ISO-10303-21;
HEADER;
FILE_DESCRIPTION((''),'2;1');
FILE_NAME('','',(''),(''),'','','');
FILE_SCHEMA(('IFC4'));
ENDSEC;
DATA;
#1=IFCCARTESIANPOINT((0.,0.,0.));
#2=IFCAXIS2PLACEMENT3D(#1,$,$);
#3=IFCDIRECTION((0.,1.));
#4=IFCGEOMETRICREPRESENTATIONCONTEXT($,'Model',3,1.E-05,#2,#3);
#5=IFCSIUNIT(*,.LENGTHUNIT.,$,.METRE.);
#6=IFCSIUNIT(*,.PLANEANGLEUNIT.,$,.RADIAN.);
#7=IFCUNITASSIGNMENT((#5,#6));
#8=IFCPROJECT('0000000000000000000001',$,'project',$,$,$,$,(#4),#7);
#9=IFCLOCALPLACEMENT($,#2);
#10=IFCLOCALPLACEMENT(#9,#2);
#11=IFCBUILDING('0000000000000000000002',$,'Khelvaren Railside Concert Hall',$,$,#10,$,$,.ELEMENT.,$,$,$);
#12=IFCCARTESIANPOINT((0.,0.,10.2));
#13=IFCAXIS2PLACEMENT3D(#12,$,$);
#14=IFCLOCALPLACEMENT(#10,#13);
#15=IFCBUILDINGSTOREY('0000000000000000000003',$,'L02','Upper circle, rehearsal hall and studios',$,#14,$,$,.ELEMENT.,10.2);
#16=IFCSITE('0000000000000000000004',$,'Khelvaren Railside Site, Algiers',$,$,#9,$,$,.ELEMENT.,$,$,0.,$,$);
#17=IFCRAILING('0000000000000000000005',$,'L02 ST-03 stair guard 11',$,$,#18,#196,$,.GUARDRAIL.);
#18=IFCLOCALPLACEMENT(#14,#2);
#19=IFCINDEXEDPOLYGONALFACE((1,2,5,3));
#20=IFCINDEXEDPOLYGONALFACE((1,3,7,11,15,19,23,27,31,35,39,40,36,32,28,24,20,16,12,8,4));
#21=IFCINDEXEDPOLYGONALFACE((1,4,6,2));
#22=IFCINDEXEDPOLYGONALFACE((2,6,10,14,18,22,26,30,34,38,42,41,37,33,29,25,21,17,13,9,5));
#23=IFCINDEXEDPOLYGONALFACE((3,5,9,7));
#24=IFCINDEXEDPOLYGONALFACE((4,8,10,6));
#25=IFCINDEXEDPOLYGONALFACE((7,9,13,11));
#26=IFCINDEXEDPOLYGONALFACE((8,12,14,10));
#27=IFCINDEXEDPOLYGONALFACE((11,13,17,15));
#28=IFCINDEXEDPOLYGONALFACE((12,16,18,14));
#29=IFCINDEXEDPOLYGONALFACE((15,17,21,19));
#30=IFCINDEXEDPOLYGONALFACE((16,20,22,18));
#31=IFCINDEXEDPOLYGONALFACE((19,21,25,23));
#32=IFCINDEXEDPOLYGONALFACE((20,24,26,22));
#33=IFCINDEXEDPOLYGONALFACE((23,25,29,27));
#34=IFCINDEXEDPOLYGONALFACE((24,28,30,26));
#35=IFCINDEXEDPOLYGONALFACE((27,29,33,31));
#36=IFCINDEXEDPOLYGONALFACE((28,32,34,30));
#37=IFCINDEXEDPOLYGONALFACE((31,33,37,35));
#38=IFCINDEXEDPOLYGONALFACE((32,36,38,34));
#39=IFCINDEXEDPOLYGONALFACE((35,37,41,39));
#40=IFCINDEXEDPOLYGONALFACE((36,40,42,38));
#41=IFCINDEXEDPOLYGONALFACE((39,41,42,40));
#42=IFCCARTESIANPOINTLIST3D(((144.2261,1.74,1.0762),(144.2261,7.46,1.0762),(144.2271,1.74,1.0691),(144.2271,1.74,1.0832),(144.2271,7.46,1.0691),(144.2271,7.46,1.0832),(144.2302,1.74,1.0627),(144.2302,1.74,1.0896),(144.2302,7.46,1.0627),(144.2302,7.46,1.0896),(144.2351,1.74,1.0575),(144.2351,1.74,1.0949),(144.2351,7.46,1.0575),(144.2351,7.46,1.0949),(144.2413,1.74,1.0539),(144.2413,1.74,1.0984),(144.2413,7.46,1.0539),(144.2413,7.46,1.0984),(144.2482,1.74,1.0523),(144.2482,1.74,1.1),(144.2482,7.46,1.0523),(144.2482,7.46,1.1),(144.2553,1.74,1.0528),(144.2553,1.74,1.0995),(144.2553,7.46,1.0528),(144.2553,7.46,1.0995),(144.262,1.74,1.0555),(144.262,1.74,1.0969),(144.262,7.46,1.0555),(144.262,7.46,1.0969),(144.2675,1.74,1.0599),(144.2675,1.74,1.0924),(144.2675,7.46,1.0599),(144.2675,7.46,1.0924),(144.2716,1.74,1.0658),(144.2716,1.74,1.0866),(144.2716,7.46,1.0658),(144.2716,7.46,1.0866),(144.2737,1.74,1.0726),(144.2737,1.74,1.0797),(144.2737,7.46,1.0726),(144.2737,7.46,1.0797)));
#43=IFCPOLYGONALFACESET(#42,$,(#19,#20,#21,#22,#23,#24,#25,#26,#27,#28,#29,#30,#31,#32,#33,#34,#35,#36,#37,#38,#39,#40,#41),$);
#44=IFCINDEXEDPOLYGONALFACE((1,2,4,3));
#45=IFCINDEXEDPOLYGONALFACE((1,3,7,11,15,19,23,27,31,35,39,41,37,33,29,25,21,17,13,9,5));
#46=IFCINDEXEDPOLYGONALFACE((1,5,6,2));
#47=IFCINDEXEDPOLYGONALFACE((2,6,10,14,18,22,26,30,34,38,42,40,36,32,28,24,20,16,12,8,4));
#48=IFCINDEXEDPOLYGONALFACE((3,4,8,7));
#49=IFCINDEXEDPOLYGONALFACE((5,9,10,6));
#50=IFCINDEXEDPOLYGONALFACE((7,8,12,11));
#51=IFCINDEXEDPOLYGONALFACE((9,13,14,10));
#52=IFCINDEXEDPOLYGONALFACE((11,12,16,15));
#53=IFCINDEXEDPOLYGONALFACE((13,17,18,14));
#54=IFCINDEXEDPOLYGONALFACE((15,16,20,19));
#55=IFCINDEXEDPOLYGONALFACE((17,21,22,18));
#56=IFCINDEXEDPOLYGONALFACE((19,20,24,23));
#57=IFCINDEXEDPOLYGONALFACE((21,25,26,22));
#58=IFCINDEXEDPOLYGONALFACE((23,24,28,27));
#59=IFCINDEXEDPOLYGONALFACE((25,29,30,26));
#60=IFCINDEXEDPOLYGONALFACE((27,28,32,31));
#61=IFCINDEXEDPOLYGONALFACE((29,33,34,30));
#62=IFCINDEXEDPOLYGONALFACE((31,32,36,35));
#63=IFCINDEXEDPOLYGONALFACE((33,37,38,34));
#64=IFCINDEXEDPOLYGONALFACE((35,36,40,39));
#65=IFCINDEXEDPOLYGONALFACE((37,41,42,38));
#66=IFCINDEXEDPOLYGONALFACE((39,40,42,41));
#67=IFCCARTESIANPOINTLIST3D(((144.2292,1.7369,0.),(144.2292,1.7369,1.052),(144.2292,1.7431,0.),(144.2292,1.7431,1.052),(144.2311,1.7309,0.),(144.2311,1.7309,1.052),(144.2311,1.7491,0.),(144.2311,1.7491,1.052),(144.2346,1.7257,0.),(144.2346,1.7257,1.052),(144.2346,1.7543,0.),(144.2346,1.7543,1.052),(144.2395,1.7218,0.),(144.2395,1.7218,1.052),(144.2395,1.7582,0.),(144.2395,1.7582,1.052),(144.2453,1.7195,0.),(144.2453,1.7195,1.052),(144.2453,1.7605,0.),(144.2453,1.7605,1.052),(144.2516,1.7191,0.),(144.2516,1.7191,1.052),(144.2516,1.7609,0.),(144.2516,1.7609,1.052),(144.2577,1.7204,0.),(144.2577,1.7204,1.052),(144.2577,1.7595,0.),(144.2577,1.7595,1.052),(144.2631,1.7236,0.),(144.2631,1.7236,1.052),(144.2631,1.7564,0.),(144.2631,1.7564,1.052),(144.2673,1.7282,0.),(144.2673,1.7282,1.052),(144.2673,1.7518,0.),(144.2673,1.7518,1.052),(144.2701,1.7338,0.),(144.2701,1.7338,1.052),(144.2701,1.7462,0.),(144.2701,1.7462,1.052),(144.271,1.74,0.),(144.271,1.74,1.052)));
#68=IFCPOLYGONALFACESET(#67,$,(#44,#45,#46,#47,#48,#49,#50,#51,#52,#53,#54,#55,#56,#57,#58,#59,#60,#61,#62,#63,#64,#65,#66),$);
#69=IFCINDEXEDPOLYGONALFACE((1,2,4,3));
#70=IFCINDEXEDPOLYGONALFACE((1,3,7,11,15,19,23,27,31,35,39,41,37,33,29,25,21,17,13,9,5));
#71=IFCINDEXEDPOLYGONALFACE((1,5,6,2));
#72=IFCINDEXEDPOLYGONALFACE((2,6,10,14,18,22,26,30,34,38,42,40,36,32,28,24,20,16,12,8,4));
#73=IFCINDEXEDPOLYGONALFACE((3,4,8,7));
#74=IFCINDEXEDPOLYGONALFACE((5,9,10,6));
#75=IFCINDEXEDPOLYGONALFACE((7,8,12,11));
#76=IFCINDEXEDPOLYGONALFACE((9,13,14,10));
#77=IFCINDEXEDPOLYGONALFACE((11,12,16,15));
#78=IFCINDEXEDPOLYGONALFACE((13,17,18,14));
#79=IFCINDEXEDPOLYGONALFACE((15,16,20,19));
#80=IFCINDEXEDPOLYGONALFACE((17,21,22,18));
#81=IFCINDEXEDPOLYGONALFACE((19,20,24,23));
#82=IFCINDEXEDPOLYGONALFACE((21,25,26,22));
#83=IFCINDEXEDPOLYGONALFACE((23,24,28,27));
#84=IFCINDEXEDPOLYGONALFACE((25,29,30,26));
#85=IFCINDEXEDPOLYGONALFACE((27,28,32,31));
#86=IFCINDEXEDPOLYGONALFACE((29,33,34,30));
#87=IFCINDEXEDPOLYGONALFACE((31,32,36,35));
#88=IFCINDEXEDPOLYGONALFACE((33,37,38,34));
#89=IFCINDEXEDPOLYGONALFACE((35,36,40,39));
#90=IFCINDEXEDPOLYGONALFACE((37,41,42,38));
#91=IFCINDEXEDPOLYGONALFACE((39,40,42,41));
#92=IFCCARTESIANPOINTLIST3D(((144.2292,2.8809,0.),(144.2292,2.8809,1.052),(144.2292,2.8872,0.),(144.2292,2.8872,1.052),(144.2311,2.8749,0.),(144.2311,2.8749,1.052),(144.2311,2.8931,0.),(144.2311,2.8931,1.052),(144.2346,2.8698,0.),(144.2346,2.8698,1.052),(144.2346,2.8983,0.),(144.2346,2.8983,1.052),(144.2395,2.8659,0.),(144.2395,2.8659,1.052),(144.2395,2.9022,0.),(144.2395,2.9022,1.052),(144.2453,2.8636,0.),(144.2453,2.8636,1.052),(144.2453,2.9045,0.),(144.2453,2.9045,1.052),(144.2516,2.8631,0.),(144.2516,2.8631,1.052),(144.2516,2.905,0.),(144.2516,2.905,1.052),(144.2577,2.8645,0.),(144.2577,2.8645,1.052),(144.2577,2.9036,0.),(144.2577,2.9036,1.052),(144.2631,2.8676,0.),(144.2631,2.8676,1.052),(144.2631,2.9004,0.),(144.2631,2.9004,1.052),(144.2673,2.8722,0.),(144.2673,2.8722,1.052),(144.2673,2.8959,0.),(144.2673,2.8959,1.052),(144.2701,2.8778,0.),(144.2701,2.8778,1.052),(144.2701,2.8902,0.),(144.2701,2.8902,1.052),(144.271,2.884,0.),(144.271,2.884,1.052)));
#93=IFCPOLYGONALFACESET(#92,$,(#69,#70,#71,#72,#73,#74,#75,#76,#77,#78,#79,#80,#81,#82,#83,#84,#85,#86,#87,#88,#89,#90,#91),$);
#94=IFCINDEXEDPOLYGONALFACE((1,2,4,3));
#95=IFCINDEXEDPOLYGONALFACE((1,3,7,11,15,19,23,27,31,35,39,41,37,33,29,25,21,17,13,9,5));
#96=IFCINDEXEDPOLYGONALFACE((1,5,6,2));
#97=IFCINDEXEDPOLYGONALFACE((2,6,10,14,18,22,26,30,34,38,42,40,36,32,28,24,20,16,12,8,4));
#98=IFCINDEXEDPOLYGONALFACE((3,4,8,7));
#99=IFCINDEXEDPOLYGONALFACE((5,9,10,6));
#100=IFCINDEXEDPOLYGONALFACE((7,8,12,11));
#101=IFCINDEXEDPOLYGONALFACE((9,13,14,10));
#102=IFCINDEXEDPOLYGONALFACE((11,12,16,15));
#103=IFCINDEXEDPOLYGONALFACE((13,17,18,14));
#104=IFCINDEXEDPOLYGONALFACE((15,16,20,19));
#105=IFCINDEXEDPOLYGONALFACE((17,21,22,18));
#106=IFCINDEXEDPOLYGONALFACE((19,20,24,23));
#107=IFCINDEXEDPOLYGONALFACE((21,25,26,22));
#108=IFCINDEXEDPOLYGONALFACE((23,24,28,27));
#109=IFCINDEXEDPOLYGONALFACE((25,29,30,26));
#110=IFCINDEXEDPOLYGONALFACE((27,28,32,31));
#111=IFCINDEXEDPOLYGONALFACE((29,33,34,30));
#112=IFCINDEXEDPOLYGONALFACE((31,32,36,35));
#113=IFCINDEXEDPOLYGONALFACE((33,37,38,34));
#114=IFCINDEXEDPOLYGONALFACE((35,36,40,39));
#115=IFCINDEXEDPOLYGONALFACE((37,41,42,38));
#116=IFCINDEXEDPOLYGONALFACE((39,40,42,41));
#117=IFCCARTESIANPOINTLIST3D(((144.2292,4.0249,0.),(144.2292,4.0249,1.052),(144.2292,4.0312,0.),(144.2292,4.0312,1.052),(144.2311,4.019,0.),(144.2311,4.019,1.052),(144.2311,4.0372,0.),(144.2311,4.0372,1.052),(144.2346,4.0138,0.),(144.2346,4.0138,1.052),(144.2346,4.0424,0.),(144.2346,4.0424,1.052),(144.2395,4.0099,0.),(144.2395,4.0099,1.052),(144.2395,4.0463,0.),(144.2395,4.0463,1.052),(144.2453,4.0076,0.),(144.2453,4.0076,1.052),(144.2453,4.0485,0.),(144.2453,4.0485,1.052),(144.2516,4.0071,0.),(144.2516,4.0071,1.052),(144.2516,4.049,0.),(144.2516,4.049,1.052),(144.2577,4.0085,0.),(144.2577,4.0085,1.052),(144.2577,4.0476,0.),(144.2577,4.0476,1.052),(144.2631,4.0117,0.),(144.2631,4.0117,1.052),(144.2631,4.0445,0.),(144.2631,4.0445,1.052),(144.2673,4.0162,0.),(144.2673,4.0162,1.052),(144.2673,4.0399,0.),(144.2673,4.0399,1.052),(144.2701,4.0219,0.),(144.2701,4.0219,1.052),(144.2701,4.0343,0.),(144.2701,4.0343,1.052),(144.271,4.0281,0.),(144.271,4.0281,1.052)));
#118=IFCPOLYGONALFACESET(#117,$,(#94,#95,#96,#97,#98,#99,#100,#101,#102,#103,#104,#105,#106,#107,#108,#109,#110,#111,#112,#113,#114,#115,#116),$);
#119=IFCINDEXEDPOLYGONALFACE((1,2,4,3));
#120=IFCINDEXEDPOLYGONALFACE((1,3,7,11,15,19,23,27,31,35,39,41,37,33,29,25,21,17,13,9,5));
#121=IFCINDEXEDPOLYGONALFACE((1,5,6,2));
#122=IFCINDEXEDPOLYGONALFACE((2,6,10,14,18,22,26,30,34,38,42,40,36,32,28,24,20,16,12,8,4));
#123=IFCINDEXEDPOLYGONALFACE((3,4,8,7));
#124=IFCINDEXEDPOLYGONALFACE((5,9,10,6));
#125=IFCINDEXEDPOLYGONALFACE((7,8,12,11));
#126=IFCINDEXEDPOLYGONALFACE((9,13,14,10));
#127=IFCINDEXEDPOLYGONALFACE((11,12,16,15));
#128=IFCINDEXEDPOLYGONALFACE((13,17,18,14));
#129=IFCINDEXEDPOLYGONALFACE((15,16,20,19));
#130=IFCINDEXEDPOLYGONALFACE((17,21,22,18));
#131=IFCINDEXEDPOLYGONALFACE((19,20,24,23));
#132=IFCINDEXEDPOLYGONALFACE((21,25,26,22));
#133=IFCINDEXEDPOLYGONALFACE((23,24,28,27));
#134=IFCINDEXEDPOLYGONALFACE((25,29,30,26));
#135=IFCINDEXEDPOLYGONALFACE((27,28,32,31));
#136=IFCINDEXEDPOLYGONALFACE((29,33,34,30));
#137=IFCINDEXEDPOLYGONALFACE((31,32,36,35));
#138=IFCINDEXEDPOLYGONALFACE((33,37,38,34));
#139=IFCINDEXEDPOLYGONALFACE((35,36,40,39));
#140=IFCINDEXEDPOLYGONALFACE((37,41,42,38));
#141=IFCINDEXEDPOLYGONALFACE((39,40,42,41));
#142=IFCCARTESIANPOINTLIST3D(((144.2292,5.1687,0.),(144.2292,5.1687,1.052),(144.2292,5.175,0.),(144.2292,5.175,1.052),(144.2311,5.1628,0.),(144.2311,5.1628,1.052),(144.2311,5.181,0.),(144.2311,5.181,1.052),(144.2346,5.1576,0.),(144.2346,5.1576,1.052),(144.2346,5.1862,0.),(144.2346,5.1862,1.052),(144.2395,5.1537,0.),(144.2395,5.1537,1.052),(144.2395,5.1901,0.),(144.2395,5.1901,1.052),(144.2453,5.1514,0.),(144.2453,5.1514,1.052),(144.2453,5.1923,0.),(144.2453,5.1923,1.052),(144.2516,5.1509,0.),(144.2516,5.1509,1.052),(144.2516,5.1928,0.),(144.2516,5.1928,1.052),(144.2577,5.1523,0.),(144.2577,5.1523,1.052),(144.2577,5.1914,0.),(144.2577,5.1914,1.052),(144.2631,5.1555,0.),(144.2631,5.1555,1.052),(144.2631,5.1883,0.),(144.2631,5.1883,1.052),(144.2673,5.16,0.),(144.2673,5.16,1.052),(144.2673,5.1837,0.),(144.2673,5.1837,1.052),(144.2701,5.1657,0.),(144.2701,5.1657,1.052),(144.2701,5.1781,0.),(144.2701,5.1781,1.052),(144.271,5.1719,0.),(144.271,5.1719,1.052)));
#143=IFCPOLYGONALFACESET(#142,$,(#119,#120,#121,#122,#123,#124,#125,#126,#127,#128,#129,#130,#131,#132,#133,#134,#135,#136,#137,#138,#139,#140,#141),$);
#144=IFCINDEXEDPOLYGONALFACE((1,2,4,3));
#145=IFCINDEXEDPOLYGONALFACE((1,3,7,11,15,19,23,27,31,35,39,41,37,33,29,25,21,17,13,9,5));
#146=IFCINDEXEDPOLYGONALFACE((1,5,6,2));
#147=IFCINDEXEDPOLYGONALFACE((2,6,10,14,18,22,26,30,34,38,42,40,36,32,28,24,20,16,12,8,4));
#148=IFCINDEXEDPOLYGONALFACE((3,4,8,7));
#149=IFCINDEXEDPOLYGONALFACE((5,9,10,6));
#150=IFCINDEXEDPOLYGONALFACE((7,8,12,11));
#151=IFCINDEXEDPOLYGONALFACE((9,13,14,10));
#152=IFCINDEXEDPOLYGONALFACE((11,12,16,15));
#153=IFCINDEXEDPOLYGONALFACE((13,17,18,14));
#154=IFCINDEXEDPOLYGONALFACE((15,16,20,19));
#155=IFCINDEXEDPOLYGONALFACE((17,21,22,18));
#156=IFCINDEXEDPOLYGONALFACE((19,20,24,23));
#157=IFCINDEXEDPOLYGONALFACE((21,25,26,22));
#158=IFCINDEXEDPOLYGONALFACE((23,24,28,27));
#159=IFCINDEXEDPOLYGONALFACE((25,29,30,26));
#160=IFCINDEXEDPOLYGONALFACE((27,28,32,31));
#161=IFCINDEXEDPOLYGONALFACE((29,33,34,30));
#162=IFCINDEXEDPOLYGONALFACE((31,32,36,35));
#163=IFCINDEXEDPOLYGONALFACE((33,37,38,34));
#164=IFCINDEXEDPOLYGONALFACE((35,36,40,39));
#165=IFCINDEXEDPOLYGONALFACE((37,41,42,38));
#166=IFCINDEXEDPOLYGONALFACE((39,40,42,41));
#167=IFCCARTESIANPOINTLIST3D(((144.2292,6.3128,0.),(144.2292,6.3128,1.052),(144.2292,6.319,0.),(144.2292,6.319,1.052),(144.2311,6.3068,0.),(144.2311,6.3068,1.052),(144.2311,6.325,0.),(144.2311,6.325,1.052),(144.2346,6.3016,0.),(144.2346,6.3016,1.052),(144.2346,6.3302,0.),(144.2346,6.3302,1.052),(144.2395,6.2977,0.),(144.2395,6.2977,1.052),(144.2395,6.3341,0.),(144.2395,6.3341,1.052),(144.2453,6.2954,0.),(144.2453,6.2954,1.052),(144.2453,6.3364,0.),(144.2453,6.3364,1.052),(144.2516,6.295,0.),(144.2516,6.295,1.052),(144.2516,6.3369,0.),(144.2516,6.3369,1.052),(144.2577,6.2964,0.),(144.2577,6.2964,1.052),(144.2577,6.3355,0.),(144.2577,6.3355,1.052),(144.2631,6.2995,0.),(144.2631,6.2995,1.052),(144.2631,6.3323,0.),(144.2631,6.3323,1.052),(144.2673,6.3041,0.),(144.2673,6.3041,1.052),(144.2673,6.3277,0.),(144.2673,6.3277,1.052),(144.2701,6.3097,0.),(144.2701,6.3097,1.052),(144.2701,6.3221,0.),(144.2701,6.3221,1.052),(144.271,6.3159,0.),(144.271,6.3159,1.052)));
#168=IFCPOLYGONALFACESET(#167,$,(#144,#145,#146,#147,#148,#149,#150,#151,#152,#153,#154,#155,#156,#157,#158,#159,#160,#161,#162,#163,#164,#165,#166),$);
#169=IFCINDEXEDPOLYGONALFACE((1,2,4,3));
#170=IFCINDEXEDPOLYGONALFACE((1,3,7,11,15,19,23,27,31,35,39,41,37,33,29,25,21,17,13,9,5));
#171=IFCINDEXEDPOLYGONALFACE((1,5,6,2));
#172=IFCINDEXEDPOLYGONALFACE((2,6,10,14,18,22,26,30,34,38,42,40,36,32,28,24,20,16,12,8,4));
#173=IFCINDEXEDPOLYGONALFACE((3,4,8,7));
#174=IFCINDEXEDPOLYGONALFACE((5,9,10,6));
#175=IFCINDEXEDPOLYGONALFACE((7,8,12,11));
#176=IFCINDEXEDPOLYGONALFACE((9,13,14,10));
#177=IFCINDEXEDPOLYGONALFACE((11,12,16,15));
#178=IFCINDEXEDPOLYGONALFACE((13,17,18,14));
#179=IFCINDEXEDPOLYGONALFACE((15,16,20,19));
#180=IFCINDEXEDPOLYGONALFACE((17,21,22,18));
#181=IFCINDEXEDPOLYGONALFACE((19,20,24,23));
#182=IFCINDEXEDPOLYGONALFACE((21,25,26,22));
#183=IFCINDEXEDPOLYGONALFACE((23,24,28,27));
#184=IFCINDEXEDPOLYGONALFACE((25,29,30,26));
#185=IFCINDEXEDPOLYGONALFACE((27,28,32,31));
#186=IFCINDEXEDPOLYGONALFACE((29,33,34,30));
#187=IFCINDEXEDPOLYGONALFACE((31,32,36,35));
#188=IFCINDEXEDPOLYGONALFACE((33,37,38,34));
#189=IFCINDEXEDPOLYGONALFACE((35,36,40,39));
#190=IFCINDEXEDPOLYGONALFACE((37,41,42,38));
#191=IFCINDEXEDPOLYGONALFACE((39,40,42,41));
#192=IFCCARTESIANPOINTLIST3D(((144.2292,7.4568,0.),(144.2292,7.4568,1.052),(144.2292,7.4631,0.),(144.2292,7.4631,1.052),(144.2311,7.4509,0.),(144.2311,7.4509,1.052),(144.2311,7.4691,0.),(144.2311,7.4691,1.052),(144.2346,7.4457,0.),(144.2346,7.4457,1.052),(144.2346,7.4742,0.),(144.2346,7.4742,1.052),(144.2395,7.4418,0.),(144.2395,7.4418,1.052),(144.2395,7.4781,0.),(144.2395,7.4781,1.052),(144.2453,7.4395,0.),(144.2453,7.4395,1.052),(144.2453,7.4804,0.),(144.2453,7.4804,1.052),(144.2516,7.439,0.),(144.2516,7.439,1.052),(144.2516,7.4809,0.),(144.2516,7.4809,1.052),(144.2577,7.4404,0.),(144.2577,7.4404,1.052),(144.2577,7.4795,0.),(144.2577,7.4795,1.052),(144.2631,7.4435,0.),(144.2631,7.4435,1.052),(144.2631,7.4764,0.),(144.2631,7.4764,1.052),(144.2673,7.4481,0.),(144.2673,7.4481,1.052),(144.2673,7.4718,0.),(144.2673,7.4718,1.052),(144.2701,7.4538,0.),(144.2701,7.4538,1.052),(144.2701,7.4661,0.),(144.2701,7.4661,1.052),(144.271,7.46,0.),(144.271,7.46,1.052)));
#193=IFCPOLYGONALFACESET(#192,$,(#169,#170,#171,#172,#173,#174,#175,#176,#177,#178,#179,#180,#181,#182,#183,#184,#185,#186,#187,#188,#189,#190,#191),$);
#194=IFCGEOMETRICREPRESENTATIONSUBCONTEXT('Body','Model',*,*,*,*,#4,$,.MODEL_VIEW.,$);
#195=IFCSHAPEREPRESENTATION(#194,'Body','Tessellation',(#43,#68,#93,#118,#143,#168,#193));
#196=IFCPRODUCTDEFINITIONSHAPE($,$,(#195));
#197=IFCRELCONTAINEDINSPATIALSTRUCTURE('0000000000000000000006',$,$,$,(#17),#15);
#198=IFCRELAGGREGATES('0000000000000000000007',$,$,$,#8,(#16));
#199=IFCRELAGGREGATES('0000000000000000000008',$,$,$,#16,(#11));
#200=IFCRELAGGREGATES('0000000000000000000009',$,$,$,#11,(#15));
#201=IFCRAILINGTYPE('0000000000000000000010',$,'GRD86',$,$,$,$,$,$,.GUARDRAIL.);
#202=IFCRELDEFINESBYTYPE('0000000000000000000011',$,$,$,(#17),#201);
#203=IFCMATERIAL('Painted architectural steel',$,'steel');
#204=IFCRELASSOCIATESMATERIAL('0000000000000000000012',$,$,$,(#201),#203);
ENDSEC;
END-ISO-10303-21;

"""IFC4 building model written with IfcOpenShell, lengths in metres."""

from ifc_helpers import new_model, si_unit, direction, frame, origin, origin_2d, place, context, subcontext, project, spatial, circle, extrude, material, type_object, element, save


model = new_model("IFC4")

# Units and contexts
model_context = context("Model", 3, precision=1e-05, world=origin(), true_north=direction((0.0, 1.0)))
body_context = subcontext(model_context, "Body", "Model", "MODEL_VIEW")
ifc_project = project(units=[si_unit("LENGTHUNIT", "METRE"), si_unit("PLANEANGLEUNIT", "RADIAN")], contexts=[model_context])

# Site, building, storey
site_placement = place(None, origin())
site = spatial("IfcSite", under=ifc_project, at=site_placement, Name="Khelvaren Railside Site, Algiers", CompositionType="ELEMENT", RefElevation=0.0)
building_placement = place(site_placement, origin())
building = spatial("IfcBuilding", under=site, at=building_placement, Name="Khelvaren Railside Concert Hall", CompositionType="ELEMENT")
storey_placement = place(building_placement, frame((0.0, 0.0, 10.2)))
storey = spatial("IfcBuildingStorey", under=building, at=storey_placement, Name="L02", Description="Upper circle, rehearsal hall and studios", CompositionType="ELEMENT", Elevation=10.2)

# Railing
ifc_material_1 = material(Name="Painted architectural steel", Category="steel")
railing_type = type_object("IfcRailingType", Name="GRD86", PredefinedType="GUARDRAIL", material=ifc_material_1)
railing_placement = place(storey_placement, frame((144.25, 1.74, 0.0)))
element("IfcRailing", 1, at=railing_placement, inside=storey, type_object=railing_type, Name="L02 ST-03 stair guard 11", PredefinedType="GUARDRAIL", context=body_context, shape_type="SweptSolid", body=[
    extrude(circle(Radius=0.0239, at=origin_2d()), frame((0.0, 0.0, 1.0762), z_axis=(0.0, 1.0, 0.0), x_axis=(-1.0, 0.0, 0.0)), (0.0, 0.0, 1.0), 5.72),
    extrude(circle(Radius=0.021, at=origin_2d()), origin(), (0.0, 0.0, 1.0), 1.052),
    extrude(circle(Radius=0.021, at=origin_2d()), frame((0.0, 1.144, 0.0)), (0.0, 0.0, 1.0), 1.052),
    extrude(circle(Radius=0.021, at=origin_2d()), frame((0.0, 2.2881, 0.0)), (0.0, 0.0, 1.0), 1.052),
    extrude(circle(Radius=0.021, at=origin_2d()), frame((0.0, 3.4319, 0.0)), (0.0, 0.0, 1.0), 1.052),
    extrude(circle(Radius=0.021, at=origin_2d()), frame((0.0, 4.5759, 0.0)), (0.0, 0.0, 1.0), 1.052),
    extrude(circle(Radius=0.021, at=origin_2d()), frame((0.0, 5.72, 0.0)), (0.0, 0.0, 1.0), 1.052),
])

save(model, "model.ifc")
